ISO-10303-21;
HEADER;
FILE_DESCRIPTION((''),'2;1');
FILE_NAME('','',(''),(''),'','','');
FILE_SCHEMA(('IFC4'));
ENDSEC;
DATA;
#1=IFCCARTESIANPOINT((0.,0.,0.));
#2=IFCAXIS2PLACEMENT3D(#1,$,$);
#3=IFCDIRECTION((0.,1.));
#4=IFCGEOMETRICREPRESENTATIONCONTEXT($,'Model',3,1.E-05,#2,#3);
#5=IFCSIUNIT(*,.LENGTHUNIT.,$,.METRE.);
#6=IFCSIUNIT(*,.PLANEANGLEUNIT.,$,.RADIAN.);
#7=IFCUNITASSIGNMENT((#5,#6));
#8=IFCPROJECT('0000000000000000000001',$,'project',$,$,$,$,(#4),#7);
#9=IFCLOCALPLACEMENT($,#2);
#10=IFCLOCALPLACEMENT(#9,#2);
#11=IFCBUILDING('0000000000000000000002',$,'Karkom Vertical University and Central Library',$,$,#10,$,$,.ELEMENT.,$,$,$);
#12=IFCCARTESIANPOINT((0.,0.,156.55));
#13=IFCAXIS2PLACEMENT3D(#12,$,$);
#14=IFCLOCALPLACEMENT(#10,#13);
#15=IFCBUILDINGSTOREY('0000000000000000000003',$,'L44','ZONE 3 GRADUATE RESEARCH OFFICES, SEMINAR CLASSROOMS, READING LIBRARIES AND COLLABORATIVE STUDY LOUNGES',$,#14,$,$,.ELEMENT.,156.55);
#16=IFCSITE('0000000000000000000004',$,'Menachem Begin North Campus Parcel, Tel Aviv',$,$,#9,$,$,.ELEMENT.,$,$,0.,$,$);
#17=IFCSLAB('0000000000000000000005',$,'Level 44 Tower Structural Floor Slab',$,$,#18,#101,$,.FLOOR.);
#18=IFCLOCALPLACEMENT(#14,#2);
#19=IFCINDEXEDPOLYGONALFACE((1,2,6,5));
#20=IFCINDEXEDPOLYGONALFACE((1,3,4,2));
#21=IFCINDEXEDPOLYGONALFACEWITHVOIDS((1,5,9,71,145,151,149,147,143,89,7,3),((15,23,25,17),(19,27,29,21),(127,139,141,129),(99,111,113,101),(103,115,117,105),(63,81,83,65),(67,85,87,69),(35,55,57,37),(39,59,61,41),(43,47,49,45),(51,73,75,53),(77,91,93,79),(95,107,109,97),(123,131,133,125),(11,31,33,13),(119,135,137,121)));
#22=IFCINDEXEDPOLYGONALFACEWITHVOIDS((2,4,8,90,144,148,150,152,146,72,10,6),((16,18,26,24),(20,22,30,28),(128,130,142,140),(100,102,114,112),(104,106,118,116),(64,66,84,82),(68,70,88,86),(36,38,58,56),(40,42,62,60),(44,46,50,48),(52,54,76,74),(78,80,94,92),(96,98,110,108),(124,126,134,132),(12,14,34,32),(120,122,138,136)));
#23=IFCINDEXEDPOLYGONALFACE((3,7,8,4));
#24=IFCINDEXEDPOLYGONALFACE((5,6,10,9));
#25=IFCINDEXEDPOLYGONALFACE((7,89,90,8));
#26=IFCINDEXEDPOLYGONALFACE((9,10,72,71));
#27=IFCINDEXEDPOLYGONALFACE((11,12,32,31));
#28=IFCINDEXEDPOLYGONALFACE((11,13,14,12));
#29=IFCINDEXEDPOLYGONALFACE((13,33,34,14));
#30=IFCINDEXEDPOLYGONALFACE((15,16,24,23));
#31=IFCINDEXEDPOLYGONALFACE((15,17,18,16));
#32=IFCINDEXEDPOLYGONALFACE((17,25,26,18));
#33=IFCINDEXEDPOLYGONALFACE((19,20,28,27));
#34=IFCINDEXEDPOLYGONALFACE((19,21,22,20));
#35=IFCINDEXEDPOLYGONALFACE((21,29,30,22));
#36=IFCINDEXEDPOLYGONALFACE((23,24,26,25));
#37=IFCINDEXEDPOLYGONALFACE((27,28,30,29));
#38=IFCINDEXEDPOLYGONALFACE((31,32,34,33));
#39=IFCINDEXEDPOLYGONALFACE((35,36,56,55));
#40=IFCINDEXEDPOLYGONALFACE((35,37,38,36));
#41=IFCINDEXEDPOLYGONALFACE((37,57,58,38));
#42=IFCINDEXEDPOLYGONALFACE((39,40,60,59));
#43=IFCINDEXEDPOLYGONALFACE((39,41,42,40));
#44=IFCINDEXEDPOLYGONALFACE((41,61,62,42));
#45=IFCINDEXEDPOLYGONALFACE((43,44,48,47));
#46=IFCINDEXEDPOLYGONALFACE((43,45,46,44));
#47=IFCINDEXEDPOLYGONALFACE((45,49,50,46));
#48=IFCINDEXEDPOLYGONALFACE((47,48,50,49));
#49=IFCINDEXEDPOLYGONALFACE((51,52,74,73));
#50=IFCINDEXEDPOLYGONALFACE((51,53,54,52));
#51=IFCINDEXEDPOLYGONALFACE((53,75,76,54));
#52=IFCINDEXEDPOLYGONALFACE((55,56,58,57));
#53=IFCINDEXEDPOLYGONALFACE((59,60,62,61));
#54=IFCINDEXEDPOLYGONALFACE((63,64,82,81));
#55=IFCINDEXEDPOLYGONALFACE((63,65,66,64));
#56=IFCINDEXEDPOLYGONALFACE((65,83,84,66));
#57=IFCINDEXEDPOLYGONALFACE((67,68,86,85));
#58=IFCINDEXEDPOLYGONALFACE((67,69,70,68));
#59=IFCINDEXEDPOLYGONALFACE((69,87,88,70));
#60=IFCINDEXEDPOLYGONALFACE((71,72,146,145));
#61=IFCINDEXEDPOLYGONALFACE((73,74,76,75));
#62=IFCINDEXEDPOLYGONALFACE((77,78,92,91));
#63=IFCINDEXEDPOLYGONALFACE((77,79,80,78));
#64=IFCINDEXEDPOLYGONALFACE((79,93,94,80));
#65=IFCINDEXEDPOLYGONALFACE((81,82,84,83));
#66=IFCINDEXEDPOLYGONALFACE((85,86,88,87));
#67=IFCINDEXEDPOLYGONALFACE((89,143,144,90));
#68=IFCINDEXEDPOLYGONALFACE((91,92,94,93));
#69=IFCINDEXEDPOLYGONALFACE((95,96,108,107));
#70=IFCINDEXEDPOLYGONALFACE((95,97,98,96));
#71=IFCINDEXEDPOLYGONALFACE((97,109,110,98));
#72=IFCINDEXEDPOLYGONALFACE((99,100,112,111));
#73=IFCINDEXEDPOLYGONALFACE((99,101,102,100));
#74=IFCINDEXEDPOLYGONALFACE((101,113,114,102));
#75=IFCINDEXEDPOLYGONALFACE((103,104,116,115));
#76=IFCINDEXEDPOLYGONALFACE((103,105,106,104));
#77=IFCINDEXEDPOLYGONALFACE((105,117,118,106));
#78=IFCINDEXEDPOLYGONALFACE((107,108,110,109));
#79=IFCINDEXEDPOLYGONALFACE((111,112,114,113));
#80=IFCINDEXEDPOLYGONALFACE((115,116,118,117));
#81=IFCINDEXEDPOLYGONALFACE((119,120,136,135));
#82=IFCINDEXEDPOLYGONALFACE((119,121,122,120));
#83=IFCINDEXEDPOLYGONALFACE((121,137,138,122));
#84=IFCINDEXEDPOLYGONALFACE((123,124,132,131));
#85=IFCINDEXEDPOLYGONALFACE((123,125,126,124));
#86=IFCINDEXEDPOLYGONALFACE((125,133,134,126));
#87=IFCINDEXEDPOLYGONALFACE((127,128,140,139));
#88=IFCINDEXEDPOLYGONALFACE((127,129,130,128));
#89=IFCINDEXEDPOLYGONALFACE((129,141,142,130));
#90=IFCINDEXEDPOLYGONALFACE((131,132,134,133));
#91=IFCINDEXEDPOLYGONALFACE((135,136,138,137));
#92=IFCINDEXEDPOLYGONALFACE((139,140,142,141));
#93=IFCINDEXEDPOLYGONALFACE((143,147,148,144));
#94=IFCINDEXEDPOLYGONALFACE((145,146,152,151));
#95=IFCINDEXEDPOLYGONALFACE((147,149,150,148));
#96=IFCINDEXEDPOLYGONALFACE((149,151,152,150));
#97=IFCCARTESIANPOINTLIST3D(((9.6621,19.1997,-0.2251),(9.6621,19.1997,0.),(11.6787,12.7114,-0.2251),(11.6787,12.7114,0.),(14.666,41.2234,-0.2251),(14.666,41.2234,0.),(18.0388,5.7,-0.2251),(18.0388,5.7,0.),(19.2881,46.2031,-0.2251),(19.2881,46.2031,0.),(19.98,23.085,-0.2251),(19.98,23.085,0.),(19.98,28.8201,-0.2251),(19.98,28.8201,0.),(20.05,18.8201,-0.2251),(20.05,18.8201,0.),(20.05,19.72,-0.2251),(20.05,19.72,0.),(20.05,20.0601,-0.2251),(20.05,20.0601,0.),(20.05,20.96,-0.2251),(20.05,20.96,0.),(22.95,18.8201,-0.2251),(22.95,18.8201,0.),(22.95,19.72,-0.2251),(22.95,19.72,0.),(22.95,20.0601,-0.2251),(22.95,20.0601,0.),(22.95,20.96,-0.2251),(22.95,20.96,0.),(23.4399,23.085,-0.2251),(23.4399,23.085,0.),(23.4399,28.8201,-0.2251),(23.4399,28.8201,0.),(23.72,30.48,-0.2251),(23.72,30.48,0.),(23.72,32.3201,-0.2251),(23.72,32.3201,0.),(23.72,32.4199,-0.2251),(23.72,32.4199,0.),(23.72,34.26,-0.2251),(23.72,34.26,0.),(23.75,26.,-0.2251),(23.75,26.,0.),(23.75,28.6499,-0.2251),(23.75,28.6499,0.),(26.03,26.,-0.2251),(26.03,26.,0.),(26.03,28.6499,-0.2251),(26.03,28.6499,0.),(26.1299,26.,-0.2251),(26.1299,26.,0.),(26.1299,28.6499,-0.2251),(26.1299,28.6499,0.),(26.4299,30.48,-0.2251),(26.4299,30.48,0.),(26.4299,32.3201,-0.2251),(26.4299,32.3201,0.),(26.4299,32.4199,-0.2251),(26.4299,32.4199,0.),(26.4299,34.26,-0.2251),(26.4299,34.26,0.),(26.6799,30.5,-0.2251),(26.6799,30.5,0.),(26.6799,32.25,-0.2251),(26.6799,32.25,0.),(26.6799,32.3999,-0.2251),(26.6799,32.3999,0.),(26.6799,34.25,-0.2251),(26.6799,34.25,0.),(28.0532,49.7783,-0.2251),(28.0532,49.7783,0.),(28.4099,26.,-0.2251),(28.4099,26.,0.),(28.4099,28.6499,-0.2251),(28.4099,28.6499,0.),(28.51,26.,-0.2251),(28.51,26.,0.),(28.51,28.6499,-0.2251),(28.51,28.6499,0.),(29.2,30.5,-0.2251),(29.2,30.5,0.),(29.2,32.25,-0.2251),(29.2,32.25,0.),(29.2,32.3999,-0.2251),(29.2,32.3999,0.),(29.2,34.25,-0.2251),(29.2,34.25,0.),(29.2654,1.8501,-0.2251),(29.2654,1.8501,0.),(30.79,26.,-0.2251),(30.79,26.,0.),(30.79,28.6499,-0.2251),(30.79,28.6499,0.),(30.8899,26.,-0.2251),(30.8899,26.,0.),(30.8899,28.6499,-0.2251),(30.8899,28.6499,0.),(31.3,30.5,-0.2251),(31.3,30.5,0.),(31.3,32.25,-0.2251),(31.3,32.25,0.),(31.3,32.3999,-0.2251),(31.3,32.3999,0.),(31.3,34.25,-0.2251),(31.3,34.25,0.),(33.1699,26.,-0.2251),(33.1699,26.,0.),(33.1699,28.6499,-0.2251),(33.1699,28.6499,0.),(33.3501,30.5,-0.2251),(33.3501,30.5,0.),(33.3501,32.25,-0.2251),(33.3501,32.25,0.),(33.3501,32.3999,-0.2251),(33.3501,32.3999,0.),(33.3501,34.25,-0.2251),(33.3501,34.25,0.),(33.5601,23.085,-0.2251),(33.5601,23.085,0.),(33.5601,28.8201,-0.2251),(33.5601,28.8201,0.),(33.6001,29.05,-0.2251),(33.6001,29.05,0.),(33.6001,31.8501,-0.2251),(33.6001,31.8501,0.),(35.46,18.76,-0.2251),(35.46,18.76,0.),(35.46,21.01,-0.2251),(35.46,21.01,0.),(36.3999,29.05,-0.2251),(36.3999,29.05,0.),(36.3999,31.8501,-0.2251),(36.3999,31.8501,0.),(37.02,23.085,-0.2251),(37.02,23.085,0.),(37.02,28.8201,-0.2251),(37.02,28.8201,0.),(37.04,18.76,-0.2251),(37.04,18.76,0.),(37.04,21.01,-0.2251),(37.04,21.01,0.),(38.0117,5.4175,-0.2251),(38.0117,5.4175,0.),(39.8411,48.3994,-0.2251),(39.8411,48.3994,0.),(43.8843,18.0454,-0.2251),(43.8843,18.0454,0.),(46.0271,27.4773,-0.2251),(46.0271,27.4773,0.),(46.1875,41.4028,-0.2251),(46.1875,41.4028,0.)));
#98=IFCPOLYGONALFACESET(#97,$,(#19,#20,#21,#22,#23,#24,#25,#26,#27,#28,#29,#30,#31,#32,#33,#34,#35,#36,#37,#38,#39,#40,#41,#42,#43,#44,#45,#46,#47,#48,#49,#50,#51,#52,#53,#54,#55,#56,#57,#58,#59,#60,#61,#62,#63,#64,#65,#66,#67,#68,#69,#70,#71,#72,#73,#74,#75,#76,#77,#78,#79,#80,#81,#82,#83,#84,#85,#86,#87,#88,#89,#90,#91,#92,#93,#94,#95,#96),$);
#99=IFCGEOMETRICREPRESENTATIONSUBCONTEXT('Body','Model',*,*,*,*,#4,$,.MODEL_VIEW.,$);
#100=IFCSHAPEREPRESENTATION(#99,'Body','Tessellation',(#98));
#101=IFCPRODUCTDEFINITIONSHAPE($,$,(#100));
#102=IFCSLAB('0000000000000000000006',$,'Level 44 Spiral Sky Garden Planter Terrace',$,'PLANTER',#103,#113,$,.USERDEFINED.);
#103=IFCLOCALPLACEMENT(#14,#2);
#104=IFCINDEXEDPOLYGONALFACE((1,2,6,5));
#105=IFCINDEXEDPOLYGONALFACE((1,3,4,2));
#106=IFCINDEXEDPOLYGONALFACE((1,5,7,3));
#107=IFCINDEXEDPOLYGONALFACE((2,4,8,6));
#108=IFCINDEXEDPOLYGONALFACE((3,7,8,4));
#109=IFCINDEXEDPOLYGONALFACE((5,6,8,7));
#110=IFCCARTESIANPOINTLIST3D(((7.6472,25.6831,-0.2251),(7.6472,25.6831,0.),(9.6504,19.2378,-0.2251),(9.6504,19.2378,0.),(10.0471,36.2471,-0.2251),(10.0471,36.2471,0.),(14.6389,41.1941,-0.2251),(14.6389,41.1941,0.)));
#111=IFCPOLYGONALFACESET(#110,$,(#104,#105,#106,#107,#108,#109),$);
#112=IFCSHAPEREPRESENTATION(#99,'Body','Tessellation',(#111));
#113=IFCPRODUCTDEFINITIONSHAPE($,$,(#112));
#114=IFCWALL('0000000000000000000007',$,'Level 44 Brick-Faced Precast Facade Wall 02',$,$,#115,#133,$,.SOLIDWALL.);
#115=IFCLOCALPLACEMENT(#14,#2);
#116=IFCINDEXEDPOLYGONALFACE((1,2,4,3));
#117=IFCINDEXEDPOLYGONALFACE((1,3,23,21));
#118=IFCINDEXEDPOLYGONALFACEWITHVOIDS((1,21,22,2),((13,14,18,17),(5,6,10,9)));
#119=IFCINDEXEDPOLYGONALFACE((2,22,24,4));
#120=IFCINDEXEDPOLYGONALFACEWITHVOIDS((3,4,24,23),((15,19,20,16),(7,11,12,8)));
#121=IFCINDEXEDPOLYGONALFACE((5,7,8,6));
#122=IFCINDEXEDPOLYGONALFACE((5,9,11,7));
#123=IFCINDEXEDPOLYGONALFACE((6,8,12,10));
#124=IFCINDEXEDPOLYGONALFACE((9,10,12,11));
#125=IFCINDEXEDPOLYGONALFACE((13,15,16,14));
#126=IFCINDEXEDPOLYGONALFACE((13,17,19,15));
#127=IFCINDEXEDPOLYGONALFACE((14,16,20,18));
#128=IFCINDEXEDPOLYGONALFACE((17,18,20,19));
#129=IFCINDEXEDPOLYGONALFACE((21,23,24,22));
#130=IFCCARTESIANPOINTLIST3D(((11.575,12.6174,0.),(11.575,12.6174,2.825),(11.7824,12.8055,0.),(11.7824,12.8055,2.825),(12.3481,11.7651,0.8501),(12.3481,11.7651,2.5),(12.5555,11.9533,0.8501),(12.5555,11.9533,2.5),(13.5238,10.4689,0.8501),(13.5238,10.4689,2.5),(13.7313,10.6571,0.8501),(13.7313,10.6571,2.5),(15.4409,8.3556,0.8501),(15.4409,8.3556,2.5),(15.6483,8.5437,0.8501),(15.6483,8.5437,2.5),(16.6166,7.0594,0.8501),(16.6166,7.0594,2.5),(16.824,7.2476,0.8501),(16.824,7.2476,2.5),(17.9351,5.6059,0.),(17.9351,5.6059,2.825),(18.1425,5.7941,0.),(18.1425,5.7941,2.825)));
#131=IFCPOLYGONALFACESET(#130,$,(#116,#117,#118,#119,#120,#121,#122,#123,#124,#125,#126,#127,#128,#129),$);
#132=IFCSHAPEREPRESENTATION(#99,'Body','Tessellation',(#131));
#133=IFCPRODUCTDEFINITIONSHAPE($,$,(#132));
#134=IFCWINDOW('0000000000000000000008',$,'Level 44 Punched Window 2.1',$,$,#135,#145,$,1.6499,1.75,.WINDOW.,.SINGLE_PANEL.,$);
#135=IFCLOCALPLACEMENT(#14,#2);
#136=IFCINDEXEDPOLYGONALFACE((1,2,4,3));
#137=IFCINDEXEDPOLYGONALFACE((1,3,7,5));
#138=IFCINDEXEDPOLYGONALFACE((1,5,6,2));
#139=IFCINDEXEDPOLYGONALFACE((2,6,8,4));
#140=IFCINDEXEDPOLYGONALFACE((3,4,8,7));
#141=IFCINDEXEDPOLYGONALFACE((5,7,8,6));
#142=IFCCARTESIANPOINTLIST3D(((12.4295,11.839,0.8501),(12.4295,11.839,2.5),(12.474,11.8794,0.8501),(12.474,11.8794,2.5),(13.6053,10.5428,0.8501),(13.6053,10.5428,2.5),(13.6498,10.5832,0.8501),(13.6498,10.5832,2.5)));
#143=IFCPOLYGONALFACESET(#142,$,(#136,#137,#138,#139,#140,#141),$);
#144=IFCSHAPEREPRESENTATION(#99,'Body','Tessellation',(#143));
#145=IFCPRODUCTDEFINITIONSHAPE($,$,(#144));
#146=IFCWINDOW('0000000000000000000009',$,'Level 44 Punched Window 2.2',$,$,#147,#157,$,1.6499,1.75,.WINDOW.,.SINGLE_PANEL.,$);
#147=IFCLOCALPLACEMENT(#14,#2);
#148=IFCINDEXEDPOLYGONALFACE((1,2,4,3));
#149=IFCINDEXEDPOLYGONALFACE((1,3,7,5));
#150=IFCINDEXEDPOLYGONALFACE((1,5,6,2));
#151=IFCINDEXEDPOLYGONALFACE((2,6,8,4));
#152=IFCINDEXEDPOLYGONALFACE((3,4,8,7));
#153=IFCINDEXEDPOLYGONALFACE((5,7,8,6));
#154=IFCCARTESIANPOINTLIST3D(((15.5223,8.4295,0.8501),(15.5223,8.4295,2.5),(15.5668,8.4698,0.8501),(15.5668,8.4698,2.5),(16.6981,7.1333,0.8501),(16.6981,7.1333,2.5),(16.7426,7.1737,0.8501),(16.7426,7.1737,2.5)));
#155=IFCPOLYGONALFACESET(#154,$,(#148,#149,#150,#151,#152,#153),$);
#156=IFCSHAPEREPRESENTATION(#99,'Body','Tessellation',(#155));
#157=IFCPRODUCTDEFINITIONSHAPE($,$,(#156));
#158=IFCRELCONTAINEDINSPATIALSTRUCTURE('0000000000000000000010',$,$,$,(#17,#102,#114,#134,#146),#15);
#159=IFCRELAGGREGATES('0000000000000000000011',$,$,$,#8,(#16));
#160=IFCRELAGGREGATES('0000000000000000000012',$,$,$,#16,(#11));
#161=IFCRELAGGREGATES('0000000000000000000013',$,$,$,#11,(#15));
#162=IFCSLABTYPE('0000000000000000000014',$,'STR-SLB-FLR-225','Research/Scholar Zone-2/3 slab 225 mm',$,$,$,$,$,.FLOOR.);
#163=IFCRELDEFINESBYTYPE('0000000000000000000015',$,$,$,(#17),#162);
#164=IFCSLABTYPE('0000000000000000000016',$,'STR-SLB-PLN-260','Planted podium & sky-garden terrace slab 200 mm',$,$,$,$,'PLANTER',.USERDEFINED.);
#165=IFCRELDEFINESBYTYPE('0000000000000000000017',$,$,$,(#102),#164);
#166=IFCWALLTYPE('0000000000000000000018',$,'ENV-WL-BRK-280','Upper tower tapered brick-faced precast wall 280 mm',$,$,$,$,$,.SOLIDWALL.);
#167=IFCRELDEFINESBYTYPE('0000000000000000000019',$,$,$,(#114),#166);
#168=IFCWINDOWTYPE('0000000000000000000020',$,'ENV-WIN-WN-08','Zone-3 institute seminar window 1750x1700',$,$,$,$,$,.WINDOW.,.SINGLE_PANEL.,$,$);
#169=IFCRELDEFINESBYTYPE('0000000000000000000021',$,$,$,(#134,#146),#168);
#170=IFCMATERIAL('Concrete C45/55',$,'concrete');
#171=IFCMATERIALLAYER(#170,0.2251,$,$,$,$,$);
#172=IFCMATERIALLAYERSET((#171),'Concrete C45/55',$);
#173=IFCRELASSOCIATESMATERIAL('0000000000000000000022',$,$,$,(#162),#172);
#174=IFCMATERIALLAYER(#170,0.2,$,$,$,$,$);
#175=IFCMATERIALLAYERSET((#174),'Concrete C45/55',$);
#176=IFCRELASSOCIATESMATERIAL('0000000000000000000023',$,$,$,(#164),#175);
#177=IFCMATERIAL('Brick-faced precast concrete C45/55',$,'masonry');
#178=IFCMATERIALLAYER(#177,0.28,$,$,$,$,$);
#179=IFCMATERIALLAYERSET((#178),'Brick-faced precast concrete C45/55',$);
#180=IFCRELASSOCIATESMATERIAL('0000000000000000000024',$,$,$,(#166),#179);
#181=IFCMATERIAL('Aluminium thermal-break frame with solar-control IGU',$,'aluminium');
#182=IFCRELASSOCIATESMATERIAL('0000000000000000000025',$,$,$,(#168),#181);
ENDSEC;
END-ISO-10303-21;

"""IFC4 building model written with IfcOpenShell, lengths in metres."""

from ifc_helpers import new_model, si_unit, direction, frame, frame_2d, origin, origin_with_axes, place, context, subcontext, project, spatial, polyline, rectangle, outline, extrude, source, transform, mapped, material, layer, layer_set, type_object, element, fill, save


model = new_model("IFC4")

# Units and contexts
model_context = context("Model", 3, precision=1e-05, world=origin(), true_north=direction((0.0, 1.0)))
body_context = subcontext(model_context, "Body", "Model", "MODEL_VIEW")
ifc_project = project(units=[si_unit("LENGTHUNIT", "METRE"), si_unit("PLANEANGLEUNIT", "RADIAN")], contexts=[model_context])

# Site, building, storey
site_placement = place(None, origin())
site = spatial("IfcSite", under=ifc_project, at=site_placement, Name="Menachem Begin North Campus Parcel, Tel Aviv", CompositionType="ELEMENT", RefElevation=0.0)
building_placement = place(site_placement, origin())
building = spatial("IfcBuilding", under=site, at=building_placement, Name="Karkom Vertical University and Central Library", CompositionType="ELEMENT")
storey_placement = place(building_placement, frame((0.0, 0.0, 156.55)))
storey = spatial("IfcBuildingStorey", under=building, at=storey_placement, Name="L44", Description="ZONE 3 GRADUATE RESEARCH OFFICES, SEMINAR CLASSROOMS, READING LIBRARIES AND COLLABORATIVE STUDY LOUNGES", CompositionType="ELEMENT", Elevation=156.55)

# Shared definitions
ifc_material_1 = material(Name="Concrete C45/55", Category="concrete")

# Slabs
ifc_layer_1 = layer(ifc_material_1, 0.2251)
ifc_layer_set_1 = layer_set([ifc_layer_1], Name="Concrete C45/55")
slab_type_1 = type_object("IfcSlabType", Name="STR-SLB-FLR-225", Description="Research/Scholar Zone-2/3 slab 225 mm", PredefinedType="FLOOR", material=ifc_layer_set_1)
slab_1_placement = place(storey_placement, frame((0.0, 0.0, -0.2251)))
element("IfcSlab", 1, at=slab_1_placement, inside=storey, type_object=slab_type_1, Name="Level 44 Tower Structural Floor Slab", PredefinedType="FLOOR", context=body_context, shape_type="SweptSolid", body=[
    extrude(outline(polyline([(9.6621, 19.1997), (11.6787, 12.7114), (18.0388, 5.7), (29.2654, 1.8501), (38.0117, 5.4175), (43.8843, 18.0454), (46.0271, 27.4773), (46.1875, 41.4028), (39.8411, 48.3994), (28.0532, 49.7783), (19.2881, 46.2031), (14.666, 41.2234), (9.6621, 19.1997)]), holes=[polyline([(19.98, 23.085), (23.4399, 23.085), (23.4399, 28.8201), (19.98, 28.8201), (19.98, 23.085)]), polyline([(33.5601, 23.085), (37.02, 23.085), (37.02, 28.8201), (33.5601, 28.8201), (33.5601, 23.085)]), polyline([(23.75, 26.0), (26.03, 26.0), (26.03, 28.6499), (23.75, 28.6499), (23.75, 26.0)]), polyline([(26.1299, 26.0), (28.4099, 26.0), (28.4099, 28.6499), (26.1299, 28.6499), (26.1299, 26.0)]), polyline([(28.51, 26.0), (30.79, 26.0), (30.79, 28.6499), (28.51, 28.6499), (28.51, 26.0)]), polyline([(30.8899, 26.0), (33.1699, 26.0), (33.1699, 28.6499), (30.8899, 28.6499), (30.8899, 26.0)]), polyline([(26.6799, 30.5), (29.2, 30.5), (29.2, 32.25), (26.6799, 32.25), (26.6799, 30.5)]), polyline([(26.6799, 32.3999), (29.2, 32.3999), (29.2, 34.25), (26.6799, 34.25), (26.6799, 32.3999)]), polyline([(31.3, 30.5), (33.3501, 30.5), (33.3501, 32.25), (31.3, 32.25), (31.3, 30.5)]), polyline([(31.3, 32.3999), (33.3501, 32.3999), (33.3501, 34.25), (31.3, 34.25), (31.3, 32.3999)]), polyline([(23.72, 30.48), (26.4299, 30.48), (26.4299, 32.3201), (23.72, 32.3201), (23.72, 30.48)]), polyline([(23.72, 32.4199), (26.4299, 32.4199), (26.4299, 34.26), (23.72, 34.26), (23.72, 32.4199)]), polyline([(33.6001, 29.05), (36.3999, 29.05), (36.3999, 31.8501), (33.6001, 31.8501), (33.6001, 29.05)]), polyline([(20.05, 18.8201), (22.95, 18.8201), (22.95, 19.72), (20.05, 19.72), (20.05, 18.8201)]), polyline([(20.05, 20.0601), (22.95, 20.0601), (22.95, 20.96), (20.05, 20.96), (20.05, 20.0601)]), polyline([(35.46, 18.76), (37.04, 18.76), (37.04, 21.01), (35.46, 21.01), (35.46, 18.76)])]), origin(), (0.0, 0.0, 1.0), 0.2251),
])
ifc_layer_2 = layer(ifc_material_1, 0.2)
ifc_layer_set_2 = layer_set([ifc_layer_2], Name="Concrete C45/55")
slab_type_2 = type_object("IfcSlabType", Name="STR-SLB-PLN-260", Description="Planted podium & sky-garden terrace slab 200 mm", ElementType="PLANTER", PredefinedType="USERDEFINED", material=ifc_layer_set_2)
slab_2_placement = place(storey_placement, frame((0.0, 0.0, -0.2251)))
element("IfcSlab", 2, at=slab_2_placement, inside=storey, type_object=slab_type_2, Name="Level 44 Spiral Sky Garden Planter Terrace", ObjectType="PLANTER", PredefinedType="USERDEFINED", context=body_context, shape_type="SweptSolid", body=[
    extrude(outline(polyline([(7.6472, 25.6831), (10.0471, 36.2471), (14.6389, 41.1941), (9.6504, 19.2378), (7.6472, 25.6831)])), origin(), (0.0, 0.0, 1.0), 0.2251),
])

# Wall, openings, windows
ifc_material_2 = material(Name="Brick-faced precast concrete C45/55", Category="masonry")
ifc_layer_3 = layer(ifc_material_2, 0.28)
ifc_layer_set_3 = layer_set([ifc_layer_3], Name="Brick-faced precast concrete C45/55")
wall_type = type_object("IfcWallType", Name="ENV-WL-BRK-280", Description="Upper tower tapered brick-faced precast wall 280 mm", PredefinedType="SOLIDWALL", material=ifc_layer_set_3)
wall_1_placement = place(storey_placement, frame((11.6787, 12.7114, 0.0), z_axis=(0.0, 0.0, 1.0), x_axis=(0.671865, -0.740674, 0.0)))
wall_1 = element("IfcWall", 3, at=wall_1_placement, inside=storey, type_object=wall_type, Name="Level 44 Brick-Faced Precast Facade Wall 02", PredefinedType="SOLIDWALL", context=body_context, shape_type="SweptSolid", body=[
    extrude(rectangle(XDim=9.4663, YDim=0.28, at=frame_2d((4.7332, 0.0))), origin(), (0.0, 0.0, 1.0), 2.825),
])
opening_1_placement = place(wall_1_placement, frame((1.1506, 0.0, 0.8501)))
opening_1 = element("IfcOpeningElement", 4, at=opening_1_placement, cuts=wall_1, PredefinedType="OPENING", context=body_context, shape_type="SweptSolid", body=[
    extrude(rectangle(XDim=1.75, YDim=1.6499, at=frame_2d((0.875, 0.825))), frame((0.0, 0.1499, 0.0), z_axis=(0.0, -1.0, 0.0), x_axis=(1.0, 0.0, 0.0)), (0.0, 0.0, 1.0), 0.3),
])
opening_2_placement = place(wall_1_placement, frame((5.7539, 0.0, 0.8501)))
opening_2 = element("IfcOpeningElement", 5, at=opening_2_placement, cuts=wall_1, PredefinedType="OPENING", context=body_context, shape_type="SweptSolid", body=[
    extrude(rectangle(XDim=1.75, YDim=1.6499, at=frame_2d((0.875, 0.825))), frame((0.0, 0.1499, 0.0), z_axis=(0.0, -1.0, 0.0), x_axis=(1.0, 0.0, 0.0)), (0.0, 0.0, 1.0), 0.3),
])
ifc_material_3 = material(Name="Aluminium thermal-break frame with solar-control IGU", Category="aluminium")
window_type_1 = type_object("IfcWindowType", Name="ENV-WIN-WN-08", Description="Zone-3 institute seminar window 1750x1700", PartitioningType="SINGLE_PANEL", PredefinedType="WINDOW", material=ifc_material_3)
shared_shape_1 = source(origin_with_axes(), body_context, "Body", "SweptSolid", [
    extrude(rectangle(XDim=1.75, YDim=1.6499, at=frame_2d((0.875, 0.825))), frame((0.0, 0.03, 0.0), z_axis=(0.0, -1.0, 0.0), x_axis=(1.0, 0.0, 0.0)), (0.0, 0.0, 1.0), 0.0601),
])
window_1_placement = place(opening_1_placement, origin())
window_1 = element("IfcWindow", 6, at=window_1_placement, inside=storey, type_object=window_type_1, Name="Level 44 Punched Window 2.1", OverallHeight=1.6499, OverallWidth=1.75, PartitioningType="SINGLE_PANEL", PredefinedType="WINDOW", context=body_context, shape_type="MappedRepresentation", body=[
    mapped(shared_shape_1, transform((0.0, 0.0, 0.0), scale=1.0)),
])
fill(opening_1, window_1)
window_2_placement = place(opening_2_placement, origin())
window_2 = element("IfcWindow", 7, at=window_2_placement, inside=storey, type_object=window_type_1, Name="Level 44 Punched Window 2.2", OverallHeight=1.6499, OverallWidth=1.75, PartitioningType="SINGLE_PANEL", PredefinedType="WINDOW", context=body_context, shape_type="MappedRepresentation", body=[
    mapped(shared_shape_1, transform((0.0, 0.0, 0.0), scale=1.0)),
])
fill(opening_2, window_2)

save(model, "model.ifc")
